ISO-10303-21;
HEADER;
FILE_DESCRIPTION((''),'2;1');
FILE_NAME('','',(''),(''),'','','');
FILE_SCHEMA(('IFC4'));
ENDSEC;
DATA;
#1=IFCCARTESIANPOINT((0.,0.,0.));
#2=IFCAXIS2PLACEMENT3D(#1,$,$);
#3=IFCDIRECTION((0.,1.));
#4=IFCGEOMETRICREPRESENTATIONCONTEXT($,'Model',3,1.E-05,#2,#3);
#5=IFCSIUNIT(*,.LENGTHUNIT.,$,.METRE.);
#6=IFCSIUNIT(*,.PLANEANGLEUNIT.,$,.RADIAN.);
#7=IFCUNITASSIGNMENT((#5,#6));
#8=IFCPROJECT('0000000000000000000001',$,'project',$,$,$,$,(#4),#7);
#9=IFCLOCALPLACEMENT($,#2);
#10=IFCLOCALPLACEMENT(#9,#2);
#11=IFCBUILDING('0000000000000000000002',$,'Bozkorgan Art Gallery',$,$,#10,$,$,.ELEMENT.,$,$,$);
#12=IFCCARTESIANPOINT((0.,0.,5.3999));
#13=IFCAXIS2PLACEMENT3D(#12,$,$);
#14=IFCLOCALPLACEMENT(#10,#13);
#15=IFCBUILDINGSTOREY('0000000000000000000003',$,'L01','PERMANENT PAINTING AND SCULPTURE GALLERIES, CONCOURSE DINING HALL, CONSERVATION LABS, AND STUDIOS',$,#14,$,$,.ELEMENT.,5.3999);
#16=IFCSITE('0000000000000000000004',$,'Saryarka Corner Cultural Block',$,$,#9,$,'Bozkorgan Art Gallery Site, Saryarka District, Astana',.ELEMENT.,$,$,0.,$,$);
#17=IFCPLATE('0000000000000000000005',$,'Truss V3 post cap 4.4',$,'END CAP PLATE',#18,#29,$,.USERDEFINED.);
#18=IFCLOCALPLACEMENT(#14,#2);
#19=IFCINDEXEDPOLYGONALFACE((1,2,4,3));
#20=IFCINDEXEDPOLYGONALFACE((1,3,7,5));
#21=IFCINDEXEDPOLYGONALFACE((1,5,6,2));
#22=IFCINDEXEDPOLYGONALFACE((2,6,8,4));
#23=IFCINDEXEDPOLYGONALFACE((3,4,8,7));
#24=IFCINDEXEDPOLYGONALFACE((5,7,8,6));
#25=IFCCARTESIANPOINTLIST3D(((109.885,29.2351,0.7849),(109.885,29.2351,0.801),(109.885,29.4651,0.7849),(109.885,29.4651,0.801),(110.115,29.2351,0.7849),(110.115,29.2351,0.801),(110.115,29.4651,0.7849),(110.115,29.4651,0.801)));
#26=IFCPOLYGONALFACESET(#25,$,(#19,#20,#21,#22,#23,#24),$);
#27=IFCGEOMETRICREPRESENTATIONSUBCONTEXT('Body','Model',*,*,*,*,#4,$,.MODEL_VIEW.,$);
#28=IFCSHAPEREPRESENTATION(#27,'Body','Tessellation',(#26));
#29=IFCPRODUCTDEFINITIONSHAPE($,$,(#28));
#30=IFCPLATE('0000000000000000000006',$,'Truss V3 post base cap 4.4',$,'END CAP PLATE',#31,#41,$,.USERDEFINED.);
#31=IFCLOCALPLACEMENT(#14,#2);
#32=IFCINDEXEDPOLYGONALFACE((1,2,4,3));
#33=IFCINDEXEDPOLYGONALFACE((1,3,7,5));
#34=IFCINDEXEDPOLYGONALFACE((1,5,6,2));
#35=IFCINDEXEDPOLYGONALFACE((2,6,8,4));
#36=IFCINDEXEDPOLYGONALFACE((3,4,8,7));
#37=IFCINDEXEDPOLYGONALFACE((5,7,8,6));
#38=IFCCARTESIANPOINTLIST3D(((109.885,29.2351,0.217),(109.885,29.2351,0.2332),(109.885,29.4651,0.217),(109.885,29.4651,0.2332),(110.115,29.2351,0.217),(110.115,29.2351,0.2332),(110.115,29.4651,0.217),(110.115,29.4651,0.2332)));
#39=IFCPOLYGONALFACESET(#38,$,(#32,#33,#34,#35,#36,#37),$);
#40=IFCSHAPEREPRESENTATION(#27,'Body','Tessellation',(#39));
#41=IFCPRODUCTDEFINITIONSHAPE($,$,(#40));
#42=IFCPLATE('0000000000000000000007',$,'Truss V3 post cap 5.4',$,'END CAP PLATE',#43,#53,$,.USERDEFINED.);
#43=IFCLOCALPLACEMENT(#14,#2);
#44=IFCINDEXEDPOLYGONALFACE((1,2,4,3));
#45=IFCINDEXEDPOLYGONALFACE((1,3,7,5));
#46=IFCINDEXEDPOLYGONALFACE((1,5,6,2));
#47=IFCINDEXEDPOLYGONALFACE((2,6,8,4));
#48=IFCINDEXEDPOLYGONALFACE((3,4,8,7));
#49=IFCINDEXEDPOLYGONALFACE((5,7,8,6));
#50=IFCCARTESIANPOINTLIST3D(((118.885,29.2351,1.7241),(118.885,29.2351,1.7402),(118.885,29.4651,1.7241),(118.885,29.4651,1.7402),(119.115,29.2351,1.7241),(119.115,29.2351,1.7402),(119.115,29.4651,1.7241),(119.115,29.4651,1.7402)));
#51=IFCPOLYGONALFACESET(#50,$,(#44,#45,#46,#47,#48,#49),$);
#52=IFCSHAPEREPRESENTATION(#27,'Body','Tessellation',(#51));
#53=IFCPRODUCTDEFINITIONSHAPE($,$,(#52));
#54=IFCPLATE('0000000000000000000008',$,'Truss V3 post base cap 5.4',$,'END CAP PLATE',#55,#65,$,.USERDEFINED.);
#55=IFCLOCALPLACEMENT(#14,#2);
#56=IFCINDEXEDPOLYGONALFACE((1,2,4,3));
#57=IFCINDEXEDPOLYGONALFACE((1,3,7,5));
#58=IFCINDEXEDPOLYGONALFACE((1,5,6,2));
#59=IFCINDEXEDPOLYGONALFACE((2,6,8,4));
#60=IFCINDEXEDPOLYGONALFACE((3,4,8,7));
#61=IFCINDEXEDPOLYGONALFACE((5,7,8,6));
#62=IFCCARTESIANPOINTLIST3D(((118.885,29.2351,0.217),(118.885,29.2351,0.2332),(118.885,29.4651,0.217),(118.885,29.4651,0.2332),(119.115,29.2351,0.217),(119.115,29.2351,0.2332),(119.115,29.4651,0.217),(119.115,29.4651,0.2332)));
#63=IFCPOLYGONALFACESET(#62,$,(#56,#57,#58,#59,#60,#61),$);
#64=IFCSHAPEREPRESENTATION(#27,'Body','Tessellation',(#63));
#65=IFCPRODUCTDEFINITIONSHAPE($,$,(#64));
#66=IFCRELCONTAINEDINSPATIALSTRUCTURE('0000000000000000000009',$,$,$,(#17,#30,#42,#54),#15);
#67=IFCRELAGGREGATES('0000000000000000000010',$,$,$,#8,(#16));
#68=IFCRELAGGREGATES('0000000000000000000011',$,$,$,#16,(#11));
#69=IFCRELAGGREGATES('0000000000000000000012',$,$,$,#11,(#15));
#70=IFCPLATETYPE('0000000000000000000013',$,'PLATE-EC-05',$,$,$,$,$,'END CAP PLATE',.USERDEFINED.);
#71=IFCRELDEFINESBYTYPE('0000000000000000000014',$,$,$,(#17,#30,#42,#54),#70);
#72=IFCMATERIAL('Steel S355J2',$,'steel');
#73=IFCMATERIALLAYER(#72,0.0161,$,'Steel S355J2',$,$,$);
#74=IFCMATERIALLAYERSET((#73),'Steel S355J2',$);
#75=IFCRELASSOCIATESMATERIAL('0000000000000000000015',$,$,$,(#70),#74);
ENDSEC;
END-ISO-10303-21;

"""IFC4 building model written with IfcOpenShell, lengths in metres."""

from ifc_helpers import new_model, si_unit, direction, frame, origin, origin_2d, place, context, subcontext, project, spatial, rectangle, extrude, material, layer, layer_set, type_object, element, save


model = new_model("IFC4")

# Units and contexts
model_context = context("Model", 3, precision=1e-05, world=origin(), true_north=direction((0.0, 1.0)))
body_context = subcontext(model_context, "Body", "Model", "MODEL_VIEW")
ifc_project = project(units=[si_unit("LENGTHUNIT", "METRE"), si_unit("PLANEANGLEUNIT", "RADIAN")], contexts=[model_context])

# Site, building, storey
site_placement = place(None, origin())
site = spatial("IfcSite", under=ifc_project, at=site_placement, Name="Saryarka Corner Cultural Block", LongName="Bozkorgan Art Gallery Site, Saryarka District, Astana", CompositionType="ELEMENT", RefElevation=0.0)
building_placement = place(site_placement, origin())
building = spatial("IfcBuilding", under=site, at=building_placement, Name="Bozkorgan Art Gallery", CompositionType="ELEMENT")
storey_placement = place(building_placement, frame((0.0, 0.0, 5.3999)))
storey = spatial("IfcBuildingStorey", under=building, at=storey_placement, Name="L01", Description="PERMANENT PAINTING AND SCULPTURE GALLERIES, CONCOURSE DINING HALL, CONSERVATION LABS, AND STUDIOS", CompositionType="ELEMENT", Elevation=5.3999)

# Shared definitions
ifc_material_1 = material(Name="Steel S355J2", Category="steel")

# Plates
ifc_layer_1 = layer(ifc_material_1, 0.0161, Name="Steel S355J2")
ifc_layer_set_1 = layer_set([ifc_layer_1], Name="Steel S355J2")
plate_type_1 = type_object("IfcPlateType", Name="PLATE-EC-05", ElementType="END CAP PLATE", PredefinedType="USERDEFINED", material=ifc_layer_set_1)
for number, where, z_axis, x_axis, name in (
    (1, (110.0, 29.3501, 0.7849), (0.0, 0.0, 1.0), (1.0, 0.0, 0.0), "Truss V3 post cap 4.4"),
    (2, (110.0, 29.3501, 0.217), (0.0, 0.0, 1.0), (1.0, 0.0, 0.0), "Truss V3 post base cap 4.4"),
    (3, (119.0, 29.3501, 1.7241), (0.0, 0.0, 1.0), (1.0, 0.0, 0.0), "Truss V3 post cap 5.4"),
    (4, (119.0, 29.3501, 0.217), (0.0, 0.0, 1.0), (1.0, 0.0, 0.0), "Truss V3 post base cap 5.4"),
):
    element("IfcPlate", number, at=place(storey_placement, frame(where, z_axis=z_axis, x_axis=x_axis)), inside=storey, type_object=plate_type_1, Name=name, ObjectType="END CAP PLATE", PredefinedType="USERDEFINED", context=body_context, shape_type="SweptSolid", body=[
        extrude(rectangle(XDim=0.23, YDim=0.23, at=origin_2d()), origin(), (0.0, 0.0, 1.0), 0.0161),
    ])

save(model, "model.ifc")
